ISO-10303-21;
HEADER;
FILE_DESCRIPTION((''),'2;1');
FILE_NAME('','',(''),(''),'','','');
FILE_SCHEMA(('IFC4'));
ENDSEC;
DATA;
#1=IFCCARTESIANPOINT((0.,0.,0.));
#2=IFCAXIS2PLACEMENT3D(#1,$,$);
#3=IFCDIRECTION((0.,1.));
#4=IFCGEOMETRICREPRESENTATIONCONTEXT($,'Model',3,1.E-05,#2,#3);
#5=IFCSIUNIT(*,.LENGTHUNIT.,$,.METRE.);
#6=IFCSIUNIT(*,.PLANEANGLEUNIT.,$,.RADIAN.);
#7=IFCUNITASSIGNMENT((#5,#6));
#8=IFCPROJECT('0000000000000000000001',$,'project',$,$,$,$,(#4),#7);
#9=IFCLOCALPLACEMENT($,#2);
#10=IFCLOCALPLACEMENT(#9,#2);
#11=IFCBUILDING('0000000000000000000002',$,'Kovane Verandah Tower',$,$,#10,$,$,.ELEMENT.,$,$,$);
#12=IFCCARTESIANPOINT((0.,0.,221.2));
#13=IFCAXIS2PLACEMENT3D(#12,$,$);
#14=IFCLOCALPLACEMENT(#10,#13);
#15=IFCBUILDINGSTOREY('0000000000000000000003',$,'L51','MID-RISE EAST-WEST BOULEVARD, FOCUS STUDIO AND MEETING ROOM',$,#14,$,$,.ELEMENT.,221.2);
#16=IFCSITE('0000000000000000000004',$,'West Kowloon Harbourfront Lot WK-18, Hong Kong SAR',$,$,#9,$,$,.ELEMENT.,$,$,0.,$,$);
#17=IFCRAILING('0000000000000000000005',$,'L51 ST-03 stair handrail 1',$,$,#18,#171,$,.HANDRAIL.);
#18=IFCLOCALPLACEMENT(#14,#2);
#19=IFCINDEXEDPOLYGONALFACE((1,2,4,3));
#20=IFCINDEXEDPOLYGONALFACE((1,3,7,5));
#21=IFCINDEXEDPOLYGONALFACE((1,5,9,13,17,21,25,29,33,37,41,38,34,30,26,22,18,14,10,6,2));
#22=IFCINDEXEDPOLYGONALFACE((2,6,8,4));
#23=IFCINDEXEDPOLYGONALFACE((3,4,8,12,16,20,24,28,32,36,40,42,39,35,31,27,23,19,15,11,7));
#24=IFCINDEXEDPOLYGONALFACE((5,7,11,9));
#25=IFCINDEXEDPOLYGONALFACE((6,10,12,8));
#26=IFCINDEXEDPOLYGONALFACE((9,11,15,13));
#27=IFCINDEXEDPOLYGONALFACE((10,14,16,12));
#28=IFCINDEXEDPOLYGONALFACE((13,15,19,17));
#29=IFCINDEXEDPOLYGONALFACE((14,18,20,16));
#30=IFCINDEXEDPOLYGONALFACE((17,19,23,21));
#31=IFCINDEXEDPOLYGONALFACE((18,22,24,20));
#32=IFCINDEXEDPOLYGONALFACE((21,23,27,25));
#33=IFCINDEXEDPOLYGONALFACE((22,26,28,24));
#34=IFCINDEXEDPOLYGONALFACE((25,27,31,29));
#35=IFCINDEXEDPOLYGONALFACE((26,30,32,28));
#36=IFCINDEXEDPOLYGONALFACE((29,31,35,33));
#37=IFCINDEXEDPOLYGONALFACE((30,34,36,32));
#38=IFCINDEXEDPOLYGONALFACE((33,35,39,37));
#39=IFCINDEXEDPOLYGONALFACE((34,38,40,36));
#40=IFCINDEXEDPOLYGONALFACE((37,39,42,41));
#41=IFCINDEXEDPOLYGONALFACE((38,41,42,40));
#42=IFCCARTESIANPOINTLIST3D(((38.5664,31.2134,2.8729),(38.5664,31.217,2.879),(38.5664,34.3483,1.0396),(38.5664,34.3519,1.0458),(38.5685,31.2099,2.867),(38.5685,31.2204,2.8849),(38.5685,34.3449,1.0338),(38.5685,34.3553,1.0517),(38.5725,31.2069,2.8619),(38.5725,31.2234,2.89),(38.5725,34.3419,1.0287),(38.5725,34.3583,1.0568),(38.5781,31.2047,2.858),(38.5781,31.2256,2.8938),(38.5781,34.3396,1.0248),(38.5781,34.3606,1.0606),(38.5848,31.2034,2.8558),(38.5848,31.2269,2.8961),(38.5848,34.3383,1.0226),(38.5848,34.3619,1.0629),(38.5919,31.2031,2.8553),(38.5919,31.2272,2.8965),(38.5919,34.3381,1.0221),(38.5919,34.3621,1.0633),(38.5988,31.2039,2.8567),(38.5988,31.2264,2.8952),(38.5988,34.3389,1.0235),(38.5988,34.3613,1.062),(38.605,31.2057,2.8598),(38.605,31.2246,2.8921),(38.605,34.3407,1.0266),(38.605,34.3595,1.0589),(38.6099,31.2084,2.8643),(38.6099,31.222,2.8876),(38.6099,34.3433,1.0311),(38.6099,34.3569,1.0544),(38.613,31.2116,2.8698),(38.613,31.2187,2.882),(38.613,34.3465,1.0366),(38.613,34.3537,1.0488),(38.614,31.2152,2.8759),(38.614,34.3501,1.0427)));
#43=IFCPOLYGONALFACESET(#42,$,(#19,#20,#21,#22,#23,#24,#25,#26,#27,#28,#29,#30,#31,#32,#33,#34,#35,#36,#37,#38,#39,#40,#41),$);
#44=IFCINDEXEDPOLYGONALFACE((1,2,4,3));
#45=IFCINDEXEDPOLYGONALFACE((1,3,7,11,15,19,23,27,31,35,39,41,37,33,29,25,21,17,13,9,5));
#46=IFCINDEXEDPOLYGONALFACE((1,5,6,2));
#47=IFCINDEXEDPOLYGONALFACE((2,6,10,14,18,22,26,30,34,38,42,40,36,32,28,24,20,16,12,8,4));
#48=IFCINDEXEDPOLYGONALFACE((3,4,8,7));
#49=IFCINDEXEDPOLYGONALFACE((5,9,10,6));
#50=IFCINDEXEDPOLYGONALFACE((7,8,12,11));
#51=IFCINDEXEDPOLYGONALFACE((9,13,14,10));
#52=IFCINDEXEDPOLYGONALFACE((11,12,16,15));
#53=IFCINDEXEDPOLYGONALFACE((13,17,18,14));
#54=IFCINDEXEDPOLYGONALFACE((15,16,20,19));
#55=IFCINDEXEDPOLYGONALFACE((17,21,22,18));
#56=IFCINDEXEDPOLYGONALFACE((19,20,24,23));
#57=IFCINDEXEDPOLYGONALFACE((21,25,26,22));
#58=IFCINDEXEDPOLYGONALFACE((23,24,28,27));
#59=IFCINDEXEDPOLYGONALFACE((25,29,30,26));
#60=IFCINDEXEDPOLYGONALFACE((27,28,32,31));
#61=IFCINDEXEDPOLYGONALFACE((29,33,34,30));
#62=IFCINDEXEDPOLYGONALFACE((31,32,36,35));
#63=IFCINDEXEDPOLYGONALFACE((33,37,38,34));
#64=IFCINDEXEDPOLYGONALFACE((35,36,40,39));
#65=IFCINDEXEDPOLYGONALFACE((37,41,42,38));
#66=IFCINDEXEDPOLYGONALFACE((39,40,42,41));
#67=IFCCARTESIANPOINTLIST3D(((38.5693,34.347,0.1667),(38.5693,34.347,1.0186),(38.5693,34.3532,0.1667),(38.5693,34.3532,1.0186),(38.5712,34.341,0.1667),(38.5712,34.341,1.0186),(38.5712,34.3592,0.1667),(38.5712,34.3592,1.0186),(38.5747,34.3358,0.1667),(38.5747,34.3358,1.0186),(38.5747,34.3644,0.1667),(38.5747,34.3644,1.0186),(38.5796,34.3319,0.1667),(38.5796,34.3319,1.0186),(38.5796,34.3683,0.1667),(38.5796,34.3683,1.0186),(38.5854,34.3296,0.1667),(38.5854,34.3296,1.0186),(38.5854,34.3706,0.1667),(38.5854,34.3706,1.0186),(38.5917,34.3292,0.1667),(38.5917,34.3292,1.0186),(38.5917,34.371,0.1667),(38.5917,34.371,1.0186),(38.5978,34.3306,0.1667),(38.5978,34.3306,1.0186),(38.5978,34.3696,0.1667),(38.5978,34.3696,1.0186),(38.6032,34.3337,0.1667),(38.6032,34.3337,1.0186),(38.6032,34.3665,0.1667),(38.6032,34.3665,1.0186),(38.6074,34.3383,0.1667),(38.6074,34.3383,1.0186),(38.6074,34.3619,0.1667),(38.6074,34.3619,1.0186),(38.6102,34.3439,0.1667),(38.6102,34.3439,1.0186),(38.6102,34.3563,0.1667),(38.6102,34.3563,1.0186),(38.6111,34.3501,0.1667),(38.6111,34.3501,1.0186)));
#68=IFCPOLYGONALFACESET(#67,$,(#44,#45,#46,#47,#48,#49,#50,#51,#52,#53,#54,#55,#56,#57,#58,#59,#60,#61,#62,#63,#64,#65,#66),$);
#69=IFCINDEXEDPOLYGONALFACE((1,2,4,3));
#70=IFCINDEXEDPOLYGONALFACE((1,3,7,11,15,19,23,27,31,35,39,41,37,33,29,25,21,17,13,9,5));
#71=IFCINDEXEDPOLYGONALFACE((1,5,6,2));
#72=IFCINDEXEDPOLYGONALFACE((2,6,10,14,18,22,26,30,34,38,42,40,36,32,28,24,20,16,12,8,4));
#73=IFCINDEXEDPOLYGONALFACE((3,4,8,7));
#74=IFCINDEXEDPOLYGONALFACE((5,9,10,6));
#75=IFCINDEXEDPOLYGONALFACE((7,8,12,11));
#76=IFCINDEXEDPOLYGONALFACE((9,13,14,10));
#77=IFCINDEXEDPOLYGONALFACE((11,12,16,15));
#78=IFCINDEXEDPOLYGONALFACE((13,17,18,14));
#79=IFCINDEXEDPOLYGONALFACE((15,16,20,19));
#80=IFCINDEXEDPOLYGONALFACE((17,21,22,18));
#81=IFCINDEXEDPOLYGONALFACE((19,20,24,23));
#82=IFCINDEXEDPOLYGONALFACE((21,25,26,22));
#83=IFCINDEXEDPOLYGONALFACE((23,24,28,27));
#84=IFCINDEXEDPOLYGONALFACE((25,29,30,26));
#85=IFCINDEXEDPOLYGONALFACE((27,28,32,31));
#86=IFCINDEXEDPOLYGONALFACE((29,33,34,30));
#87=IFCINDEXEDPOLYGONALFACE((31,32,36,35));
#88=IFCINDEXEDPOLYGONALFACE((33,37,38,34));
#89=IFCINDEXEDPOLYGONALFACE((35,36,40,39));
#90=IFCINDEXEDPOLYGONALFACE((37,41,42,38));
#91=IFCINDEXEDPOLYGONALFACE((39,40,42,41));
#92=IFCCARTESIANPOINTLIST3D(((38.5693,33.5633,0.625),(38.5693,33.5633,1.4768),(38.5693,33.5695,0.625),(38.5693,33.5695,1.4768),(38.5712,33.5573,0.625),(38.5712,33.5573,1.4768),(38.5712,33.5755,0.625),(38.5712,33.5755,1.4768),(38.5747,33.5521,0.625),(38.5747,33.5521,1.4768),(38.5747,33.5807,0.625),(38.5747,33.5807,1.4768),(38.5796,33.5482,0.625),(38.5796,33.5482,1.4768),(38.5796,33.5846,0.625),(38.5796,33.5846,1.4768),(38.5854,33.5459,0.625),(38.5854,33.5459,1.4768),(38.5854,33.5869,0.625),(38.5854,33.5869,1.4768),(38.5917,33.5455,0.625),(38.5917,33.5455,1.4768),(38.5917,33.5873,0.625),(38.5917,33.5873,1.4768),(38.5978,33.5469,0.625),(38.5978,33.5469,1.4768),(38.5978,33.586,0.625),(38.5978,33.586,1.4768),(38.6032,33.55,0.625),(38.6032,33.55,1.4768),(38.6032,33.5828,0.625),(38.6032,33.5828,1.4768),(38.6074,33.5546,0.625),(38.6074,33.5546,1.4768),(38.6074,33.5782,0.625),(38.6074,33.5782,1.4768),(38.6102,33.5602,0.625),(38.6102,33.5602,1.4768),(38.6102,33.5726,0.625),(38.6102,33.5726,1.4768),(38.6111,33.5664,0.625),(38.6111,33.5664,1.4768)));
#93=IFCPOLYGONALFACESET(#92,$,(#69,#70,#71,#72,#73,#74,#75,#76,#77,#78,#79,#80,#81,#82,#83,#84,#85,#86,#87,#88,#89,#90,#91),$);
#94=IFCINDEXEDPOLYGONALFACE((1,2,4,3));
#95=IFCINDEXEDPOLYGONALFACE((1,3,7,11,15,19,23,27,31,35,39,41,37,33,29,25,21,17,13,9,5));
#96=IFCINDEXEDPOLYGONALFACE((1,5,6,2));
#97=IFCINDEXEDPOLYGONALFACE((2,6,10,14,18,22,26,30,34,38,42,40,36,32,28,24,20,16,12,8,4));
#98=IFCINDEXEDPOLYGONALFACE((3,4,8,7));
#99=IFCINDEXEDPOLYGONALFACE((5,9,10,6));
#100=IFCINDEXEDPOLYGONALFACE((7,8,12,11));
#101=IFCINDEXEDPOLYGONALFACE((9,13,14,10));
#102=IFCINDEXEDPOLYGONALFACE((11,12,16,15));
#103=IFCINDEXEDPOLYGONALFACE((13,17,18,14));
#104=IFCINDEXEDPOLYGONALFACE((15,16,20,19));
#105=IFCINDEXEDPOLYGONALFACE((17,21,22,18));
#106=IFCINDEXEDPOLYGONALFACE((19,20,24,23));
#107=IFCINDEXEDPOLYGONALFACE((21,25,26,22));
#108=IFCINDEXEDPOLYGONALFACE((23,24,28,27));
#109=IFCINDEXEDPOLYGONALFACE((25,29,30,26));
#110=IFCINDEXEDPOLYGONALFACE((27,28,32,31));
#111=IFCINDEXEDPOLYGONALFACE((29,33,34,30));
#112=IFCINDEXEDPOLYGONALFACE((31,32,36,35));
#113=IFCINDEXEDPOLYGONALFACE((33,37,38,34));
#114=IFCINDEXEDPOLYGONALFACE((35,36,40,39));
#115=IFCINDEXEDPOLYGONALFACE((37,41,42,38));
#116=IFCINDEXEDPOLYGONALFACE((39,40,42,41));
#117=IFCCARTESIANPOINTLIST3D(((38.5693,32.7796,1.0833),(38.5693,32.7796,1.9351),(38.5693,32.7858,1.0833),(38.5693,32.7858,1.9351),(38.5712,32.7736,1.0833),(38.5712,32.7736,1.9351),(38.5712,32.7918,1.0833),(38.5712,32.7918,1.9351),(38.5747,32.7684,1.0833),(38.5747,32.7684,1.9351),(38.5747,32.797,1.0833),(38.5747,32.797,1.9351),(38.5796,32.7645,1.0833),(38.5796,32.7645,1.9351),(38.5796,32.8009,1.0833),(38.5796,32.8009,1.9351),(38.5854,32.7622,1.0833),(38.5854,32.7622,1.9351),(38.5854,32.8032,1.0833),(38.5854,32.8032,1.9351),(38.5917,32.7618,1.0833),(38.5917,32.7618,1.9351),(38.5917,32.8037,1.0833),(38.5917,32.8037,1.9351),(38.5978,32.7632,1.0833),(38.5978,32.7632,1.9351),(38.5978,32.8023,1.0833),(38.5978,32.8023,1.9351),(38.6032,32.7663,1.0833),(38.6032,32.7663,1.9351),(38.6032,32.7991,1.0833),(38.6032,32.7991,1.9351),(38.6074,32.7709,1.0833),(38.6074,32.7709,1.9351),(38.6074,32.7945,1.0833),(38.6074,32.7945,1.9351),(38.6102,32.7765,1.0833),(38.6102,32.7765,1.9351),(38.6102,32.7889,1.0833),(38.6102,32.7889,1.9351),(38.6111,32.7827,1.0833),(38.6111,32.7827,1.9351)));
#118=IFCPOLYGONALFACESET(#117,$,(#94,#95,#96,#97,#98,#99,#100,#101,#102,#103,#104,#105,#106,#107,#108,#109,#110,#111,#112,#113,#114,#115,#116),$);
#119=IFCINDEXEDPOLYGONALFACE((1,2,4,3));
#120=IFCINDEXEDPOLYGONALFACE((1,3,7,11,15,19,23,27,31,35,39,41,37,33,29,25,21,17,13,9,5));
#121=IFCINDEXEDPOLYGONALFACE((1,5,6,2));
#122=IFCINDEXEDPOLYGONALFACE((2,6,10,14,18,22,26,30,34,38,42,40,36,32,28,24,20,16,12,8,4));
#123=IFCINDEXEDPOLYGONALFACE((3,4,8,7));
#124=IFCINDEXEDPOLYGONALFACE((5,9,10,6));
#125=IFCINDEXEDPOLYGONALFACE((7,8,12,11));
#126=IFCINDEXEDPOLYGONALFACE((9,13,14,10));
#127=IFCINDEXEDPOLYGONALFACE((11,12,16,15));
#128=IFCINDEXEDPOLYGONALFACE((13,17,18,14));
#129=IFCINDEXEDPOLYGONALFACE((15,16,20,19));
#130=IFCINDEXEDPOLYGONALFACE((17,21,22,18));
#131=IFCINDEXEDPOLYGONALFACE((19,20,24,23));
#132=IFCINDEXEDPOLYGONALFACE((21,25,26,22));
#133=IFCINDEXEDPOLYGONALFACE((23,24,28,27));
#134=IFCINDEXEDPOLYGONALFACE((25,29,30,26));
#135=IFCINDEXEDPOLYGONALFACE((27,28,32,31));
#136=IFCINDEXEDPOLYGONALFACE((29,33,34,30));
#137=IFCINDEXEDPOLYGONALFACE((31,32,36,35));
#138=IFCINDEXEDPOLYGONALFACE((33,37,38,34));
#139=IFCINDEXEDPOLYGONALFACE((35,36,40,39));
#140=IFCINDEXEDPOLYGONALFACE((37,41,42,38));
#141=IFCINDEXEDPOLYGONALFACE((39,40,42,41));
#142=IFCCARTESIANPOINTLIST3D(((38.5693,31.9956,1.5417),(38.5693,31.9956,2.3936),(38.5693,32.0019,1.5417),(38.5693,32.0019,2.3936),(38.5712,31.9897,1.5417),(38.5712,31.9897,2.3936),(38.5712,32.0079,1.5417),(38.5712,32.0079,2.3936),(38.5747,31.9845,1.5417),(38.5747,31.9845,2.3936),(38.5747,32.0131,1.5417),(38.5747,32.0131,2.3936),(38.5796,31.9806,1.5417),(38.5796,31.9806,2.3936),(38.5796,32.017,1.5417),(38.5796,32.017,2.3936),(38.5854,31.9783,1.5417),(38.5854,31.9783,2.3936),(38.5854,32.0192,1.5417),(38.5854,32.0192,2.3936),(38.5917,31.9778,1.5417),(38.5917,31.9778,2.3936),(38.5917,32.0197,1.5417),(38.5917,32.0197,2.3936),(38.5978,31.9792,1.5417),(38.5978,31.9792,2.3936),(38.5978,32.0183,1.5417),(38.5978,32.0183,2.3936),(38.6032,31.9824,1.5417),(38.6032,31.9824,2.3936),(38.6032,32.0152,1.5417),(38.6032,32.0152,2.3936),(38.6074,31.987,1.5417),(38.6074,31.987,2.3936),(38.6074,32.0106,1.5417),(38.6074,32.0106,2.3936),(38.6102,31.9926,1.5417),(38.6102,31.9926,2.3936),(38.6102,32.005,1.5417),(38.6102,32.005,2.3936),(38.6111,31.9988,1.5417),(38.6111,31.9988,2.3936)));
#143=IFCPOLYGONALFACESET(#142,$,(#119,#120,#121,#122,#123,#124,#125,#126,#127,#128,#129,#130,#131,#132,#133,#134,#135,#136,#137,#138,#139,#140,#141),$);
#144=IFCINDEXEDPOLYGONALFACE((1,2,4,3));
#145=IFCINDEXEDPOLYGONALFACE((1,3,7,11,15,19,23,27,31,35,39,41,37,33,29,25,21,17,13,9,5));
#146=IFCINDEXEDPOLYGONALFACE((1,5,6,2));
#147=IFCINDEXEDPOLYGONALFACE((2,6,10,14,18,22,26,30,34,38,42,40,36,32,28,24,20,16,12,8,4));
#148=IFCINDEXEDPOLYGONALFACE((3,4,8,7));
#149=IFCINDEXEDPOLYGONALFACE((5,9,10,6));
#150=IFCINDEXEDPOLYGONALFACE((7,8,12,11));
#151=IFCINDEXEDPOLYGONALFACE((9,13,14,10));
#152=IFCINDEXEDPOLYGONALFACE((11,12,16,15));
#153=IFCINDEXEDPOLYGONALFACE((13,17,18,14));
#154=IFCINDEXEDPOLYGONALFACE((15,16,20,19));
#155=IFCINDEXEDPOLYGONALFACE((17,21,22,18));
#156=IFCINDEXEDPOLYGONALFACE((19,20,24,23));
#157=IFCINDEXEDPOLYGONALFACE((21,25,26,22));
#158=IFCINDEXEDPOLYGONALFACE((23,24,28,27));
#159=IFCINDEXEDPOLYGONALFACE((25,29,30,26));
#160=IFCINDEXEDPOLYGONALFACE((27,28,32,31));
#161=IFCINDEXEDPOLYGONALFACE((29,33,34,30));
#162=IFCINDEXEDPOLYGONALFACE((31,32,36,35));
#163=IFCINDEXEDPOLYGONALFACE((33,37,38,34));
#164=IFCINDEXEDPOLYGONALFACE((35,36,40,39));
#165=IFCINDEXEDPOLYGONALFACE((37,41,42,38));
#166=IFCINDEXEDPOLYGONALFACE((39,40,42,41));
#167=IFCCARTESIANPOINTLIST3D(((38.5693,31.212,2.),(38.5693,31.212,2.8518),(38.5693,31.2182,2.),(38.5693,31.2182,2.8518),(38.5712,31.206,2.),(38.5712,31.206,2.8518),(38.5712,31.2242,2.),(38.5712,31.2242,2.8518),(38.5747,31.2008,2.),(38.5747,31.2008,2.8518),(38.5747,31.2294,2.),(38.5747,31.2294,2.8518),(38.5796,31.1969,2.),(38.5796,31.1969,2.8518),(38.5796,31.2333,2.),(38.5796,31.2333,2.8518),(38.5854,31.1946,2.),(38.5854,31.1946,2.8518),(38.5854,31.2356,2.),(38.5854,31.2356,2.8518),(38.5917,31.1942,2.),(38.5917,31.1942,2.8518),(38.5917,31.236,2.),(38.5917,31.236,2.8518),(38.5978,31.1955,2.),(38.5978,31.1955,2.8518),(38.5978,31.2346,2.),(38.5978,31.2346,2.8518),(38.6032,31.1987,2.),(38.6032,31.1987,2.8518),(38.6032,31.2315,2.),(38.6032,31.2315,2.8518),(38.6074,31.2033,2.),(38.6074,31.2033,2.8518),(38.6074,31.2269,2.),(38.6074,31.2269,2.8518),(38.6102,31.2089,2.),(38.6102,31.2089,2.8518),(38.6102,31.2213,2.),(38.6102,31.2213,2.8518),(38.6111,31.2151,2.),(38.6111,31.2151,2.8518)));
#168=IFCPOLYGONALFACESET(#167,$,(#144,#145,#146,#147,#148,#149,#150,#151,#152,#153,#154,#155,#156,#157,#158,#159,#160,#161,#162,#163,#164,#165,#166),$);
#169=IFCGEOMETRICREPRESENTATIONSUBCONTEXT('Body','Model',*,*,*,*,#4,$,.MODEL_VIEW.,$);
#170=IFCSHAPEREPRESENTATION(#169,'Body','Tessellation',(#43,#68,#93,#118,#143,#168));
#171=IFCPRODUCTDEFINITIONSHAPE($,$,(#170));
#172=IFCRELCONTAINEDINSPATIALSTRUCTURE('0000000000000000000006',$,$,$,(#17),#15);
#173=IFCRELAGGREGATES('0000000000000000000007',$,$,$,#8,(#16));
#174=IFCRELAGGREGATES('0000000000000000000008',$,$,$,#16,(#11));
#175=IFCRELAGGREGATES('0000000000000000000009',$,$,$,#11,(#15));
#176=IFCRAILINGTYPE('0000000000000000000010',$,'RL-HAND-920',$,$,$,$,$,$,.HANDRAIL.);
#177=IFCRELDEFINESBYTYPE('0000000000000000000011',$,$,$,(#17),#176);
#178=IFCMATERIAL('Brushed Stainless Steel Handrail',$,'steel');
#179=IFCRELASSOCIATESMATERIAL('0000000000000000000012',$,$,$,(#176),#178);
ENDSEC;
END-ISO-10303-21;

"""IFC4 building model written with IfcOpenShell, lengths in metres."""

from ifc_helpers import new_model, si_unit, direction, frame, origin, origin_2d, place, context, subcontext, project, spatial, circle, extrude, material, type_object, element, save


model = new_model("IFC4")

# Units and contexts
model_context = context("Model", 3, precision=1e-05, world=origin(), true_north=direction((0.0, 1.0)))
body_context = subcontext(model_context, "Body", "Model", "MODEL_VIEW")
ifc_project = project(units=[si_unit("LENGTHUNIT", "METRE"), si_unit("PLANEANGLEUNIT", "RADIAN")], contexts=[model_context])

# Site, building, storey
site_placement = place(None, origin())
site = spatial("IfcSite", under=ifc_project, at=site_placement, Name="West Kowloon Harbourfront Lot WK-18, Hong Kong SAR", CompositionType="ELEMENT", RefElevation=0.0)
building_placement = place(site_placement, origin())
building = spatial("IfcBuilding", under=site, at=building_placement, Name="Kovane Verandah Tower", CompositionType="ELEMENT")
storey_placement = place(building_placement, frame((0.0, 0.0, 221.2)))
storey = spatial("IfcBuildingStorey", under=building, at=storey_placement, Name="L51", Description="MID-RISE EAST-WEST BOULEVARD, FOCUS STUDIO AND MEETING ROOM", CompositionType="ELEMENT", Elevation=221.2)

# Railing
ifc_material_1 = material(Name="Brushed Stainless Steel Handrail", Category="steel")
railing_type_1 = type_object("IfcRailingType", Name="RL-HAND-920", PredefinedType="HANDRAIL", material=ifc_material_1)
railing_1_placement = place(storey_placement, frame((38.5901, 34.3501, 0.1667)))
element("IfcRailing", 1, at=railing_1_placement, inside=storey, type_object=railing_type_1, Name="L51 ST-03 stair handrail 1", PredefinedType="HANDRAIL", context=body_context, shape_type="SweptSolid", body=[
    extrude(circle(Radius=0.0239, at=origin_2d()), frame((0.0, 0.0, 0.876), z_axis=(0.0, -0.86324, 0.504794), x_axis=(1.0, 0.0, 0.0)), (0.0, 0.0, 1.0), 3.6316),
    extrude(circle(Radius=0.021, at=origin_2d()), origin(), (0.0, 0.0, 1.0), 0.8518),
    extrude(circle(Radius=0.021, at=origin_2d()), frame((0.0, -0.7837, 0.4583)), (0.0, 0.0, 1.0), 0.8518),
    extrude(circle(Radius=0.021, at=origin_2d()), frame((0.0, -1.5674, 0.9165)), (0.0, 0.0, 1.0), 0.8518),
    extrude(circle(Radius=0.021, at=origin_2d()), frame((0.0, -2.3513, 1.375)), (0.0, 0.0, 1.0), 0.8518),
    extrude(circle(Radius=0.021, at=origin_2d()), frame((0.0, -3.135, 1.8333)), (0.0, 0.0, 1.0), 0.8518),
])

save(model, "model.ifc")
